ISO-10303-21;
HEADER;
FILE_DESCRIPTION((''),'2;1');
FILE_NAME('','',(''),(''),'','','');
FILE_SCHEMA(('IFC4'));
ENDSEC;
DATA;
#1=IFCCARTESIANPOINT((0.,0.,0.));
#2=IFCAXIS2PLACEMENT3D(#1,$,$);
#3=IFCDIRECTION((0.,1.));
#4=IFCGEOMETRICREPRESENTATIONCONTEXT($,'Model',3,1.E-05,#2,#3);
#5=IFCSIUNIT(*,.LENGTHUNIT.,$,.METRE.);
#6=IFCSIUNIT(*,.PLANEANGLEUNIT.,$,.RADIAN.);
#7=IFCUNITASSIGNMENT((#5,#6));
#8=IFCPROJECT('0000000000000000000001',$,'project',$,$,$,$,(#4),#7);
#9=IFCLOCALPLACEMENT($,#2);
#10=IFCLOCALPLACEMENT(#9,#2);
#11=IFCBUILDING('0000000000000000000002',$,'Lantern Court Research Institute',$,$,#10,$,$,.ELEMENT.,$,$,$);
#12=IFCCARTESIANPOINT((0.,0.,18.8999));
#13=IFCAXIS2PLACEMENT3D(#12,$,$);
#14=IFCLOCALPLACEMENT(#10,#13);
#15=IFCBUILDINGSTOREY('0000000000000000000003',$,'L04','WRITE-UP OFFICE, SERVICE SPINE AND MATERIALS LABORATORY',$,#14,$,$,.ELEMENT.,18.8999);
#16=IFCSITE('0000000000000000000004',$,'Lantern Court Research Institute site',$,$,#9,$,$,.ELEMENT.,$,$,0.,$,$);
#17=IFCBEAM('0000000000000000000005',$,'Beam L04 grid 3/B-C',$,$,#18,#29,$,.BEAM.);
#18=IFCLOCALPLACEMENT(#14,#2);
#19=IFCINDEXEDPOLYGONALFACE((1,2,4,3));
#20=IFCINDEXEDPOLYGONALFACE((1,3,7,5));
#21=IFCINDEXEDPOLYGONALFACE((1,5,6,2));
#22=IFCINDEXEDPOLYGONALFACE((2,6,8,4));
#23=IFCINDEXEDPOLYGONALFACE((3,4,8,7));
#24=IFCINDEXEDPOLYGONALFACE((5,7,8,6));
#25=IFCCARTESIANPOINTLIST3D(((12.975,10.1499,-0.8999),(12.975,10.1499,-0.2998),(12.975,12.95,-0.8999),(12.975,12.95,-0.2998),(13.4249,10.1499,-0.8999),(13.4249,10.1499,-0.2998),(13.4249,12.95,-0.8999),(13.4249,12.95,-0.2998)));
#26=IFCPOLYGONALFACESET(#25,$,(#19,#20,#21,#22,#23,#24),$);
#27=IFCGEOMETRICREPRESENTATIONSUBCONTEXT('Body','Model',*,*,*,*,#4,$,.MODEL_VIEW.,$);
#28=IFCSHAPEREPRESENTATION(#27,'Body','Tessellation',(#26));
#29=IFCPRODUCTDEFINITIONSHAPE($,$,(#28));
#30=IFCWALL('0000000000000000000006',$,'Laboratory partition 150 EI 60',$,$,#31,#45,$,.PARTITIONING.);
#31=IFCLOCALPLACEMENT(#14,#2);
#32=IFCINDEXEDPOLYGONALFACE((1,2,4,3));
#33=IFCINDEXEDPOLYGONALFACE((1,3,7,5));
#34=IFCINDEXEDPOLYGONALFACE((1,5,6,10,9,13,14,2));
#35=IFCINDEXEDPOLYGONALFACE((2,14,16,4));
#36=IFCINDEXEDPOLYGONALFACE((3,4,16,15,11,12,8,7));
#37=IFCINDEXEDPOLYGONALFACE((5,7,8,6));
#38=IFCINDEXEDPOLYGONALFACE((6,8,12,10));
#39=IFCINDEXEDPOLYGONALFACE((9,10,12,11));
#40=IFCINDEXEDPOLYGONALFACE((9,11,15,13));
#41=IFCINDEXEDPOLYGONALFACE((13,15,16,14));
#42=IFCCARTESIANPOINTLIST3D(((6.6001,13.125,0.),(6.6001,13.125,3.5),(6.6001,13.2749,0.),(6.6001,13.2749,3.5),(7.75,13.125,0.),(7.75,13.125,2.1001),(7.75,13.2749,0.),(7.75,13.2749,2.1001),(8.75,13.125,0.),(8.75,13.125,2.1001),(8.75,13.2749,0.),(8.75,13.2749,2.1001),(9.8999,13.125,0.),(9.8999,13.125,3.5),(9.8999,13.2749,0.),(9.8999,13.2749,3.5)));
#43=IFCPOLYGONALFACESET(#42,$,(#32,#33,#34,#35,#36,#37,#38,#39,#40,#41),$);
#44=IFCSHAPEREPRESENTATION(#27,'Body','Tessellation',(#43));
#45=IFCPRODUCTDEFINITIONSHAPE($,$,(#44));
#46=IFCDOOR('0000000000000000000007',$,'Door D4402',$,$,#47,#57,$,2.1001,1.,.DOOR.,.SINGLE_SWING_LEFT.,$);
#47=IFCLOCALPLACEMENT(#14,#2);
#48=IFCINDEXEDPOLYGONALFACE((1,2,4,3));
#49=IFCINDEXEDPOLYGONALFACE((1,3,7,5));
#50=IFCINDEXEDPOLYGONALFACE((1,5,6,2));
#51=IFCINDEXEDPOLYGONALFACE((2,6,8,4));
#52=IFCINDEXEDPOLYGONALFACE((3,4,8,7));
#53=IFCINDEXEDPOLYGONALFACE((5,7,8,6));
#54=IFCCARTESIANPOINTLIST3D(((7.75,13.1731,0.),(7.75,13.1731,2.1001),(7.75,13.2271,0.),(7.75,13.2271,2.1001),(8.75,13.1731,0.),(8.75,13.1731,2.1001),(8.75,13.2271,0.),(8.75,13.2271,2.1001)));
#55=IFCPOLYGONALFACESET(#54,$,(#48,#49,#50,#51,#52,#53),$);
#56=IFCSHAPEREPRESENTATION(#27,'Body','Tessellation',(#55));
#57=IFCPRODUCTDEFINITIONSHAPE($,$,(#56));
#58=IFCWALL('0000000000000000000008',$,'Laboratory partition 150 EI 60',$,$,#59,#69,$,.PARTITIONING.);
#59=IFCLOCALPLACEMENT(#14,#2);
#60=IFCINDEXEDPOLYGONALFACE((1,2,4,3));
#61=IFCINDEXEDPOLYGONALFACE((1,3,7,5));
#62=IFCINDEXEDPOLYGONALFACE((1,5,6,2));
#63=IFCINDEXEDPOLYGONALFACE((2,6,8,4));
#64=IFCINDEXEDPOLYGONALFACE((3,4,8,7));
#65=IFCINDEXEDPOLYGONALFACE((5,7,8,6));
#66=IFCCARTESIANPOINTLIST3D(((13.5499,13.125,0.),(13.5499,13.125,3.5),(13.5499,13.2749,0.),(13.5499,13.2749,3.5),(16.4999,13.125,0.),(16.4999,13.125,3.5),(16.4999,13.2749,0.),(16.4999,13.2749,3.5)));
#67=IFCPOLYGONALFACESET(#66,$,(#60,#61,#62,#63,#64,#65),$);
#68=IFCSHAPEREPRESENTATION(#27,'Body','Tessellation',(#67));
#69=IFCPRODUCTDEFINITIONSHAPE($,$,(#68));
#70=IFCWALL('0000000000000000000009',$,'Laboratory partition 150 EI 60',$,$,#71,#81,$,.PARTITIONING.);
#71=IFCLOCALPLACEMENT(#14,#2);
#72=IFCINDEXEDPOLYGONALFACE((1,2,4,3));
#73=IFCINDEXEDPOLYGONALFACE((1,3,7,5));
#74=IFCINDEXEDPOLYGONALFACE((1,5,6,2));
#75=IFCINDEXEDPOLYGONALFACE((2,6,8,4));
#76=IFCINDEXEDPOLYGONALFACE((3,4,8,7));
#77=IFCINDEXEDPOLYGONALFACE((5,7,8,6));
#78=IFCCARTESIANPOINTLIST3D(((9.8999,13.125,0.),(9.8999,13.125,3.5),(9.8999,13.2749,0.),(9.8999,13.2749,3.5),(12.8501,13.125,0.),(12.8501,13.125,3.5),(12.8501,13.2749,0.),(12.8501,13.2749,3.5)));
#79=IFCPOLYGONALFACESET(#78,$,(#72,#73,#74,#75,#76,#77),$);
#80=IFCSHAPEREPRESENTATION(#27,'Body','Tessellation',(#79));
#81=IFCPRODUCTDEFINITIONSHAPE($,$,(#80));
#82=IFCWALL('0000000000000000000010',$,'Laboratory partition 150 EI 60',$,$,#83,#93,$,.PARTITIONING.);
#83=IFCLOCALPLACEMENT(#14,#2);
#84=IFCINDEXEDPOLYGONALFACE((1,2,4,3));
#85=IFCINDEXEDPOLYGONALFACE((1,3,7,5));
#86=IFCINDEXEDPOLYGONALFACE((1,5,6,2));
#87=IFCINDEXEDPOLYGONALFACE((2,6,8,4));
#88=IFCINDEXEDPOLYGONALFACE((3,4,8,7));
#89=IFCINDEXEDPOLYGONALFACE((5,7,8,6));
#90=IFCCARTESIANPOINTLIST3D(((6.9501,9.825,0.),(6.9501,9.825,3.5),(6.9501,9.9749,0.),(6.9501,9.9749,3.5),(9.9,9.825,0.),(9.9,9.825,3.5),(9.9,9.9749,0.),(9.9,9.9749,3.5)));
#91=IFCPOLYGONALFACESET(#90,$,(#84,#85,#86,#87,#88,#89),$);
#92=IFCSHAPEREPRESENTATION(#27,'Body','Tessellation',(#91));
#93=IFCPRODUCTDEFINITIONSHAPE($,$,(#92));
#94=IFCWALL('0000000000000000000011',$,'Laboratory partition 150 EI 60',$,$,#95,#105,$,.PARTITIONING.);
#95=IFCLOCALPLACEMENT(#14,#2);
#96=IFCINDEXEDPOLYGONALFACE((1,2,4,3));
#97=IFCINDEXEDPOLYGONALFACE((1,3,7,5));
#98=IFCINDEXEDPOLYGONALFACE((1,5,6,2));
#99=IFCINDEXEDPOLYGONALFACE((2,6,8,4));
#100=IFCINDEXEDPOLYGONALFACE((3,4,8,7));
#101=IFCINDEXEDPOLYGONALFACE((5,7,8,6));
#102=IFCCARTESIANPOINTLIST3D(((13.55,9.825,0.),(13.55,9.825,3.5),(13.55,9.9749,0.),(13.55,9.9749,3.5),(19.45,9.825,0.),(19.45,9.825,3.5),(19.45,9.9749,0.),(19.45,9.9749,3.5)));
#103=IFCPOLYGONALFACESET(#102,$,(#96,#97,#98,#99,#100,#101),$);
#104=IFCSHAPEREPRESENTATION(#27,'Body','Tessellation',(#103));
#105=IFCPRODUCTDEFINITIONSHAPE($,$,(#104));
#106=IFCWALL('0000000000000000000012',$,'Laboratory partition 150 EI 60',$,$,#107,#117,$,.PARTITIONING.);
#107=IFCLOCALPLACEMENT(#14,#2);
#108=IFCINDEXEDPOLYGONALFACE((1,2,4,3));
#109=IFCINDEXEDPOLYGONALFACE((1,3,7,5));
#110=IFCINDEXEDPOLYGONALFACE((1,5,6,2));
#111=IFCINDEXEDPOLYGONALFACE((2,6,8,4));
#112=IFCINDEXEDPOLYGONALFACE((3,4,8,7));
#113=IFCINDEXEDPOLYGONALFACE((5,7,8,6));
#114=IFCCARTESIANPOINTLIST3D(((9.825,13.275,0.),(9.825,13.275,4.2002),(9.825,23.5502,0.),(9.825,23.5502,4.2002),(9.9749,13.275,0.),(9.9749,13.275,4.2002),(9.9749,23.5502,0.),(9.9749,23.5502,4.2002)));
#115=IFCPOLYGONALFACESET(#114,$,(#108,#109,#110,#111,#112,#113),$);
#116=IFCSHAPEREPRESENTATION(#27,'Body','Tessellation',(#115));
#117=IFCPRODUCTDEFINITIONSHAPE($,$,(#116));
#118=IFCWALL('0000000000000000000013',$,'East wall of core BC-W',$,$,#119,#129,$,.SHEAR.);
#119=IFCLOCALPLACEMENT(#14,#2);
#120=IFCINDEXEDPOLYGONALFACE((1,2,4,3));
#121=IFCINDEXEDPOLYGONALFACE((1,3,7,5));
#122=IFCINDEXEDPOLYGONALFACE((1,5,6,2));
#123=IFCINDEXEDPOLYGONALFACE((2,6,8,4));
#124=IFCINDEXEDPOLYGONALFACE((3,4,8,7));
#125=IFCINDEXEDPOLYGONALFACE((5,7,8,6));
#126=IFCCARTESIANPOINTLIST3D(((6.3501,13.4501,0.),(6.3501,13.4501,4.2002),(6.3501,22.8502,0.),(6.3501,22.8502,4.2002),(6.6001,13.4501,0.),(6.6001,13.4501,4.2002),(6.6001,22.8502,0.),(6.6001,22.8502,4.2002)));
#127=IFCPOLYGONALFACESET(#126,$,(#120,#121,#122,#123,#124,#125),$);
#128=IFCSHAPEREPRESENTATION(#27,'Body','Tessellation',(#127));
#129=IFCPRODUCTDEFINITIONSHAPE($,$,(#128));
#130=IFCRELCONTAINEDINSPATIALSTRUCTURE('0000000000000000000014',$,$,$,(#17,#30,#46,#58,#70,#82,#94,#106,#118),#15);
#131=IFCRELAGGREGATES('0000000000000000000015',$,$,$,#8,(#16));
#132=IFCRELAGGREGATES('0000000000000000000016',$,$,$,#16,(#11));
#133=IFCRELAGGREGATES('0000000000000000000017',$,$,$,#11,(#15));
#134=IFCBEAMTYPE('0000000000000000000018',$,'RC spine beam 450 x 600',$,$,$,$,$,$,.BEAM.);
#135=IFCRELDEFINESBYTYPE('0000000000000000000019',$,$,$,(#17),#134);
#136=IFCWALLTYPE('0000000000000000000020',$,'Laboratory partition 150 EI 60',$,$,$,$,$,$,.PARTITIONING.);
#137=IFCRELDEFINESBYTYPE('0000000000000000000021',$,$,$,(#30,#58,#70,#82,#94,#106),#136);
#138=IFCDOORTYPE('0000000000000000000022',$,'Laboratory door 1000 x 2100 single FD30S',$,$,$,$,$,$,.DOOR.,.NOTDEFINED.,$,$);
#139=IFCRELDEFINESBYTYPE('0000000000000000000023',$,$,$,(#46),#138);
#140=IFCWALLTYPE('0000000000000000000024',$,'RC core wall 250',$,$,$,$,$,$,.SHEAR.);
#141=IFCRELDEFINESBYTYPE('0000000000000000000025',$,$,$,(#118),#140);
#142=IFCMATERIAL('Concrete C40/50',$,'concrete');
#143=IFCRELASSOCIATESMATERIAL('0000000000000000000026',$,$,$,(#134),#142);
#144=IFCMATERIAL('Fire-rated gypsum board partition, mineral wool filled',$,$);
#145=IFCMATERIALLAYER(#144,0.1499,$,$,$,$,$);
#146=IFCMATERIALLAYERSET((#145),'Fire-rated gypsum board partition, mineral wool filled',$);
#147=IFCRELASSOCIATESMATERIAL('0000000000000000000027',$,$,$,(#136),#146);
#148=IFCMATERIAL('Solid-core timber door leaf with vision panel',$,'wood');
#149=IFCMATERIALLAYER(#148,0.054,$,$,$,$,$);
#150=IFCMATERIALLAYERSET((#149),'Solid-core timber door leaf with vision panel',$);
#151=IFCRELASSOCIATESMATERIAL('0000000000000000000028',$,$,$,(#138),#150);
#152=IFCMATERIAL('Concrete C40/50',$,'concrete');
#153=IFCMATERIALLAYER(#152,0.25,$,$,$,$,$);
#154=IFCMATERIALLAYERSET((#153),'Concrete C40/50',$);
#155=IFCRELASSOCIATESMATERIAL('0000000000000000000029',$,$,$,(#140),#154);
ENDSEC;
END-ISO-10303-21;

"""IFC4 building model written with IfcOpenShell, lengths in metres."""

from ifc_helpers import new_model, si_unit, direction, frame, frame_2d, origin, origin_2d, place, context, subcontext, project, spatial, rectangle, extrude, material, layer, layer_set, material_profile, profile_set, type_object, element, fill, save


model = new_model("IFC4")

# Units and contexts
model_context = context("Model", 3, precision=1e-05, world=origin(), true_north=direction((0.0, 1.0)))
body_context = subcontext(model_context, "Body", "Model", "MODEL_VIEW")
ifc_project = project(units=[si_unit("LENGTHUNIT", "METRE"), si_unit("PLANEANGLEUNIT", "RADIAN")], contexts=[model_context])

# Site, building, storey
site_placement = place(None, origin())
site = spatial("IfcSite", under=ifc_project, at=site_placement, Name="Lantern Court Research Institute site", CompositionType="ELEMENT", RefElevation=0.0)
building_placement = place(site_placement, origin())
building = spatial("IfcBuilding", under=site, at=building_placement, Name="Lantern Court Research Institute", CompositionType="ELEMENT")
storey_placement = place(building_placement, frame((0.0, 0.0, 18.8999)))
storey = spatial("IfcBuildingStorey", under=building, at=storey_placement, Name="L04", Description="WRITE-UP OFFICE, SERVICE SPINE AND MATERIALS LABORATORY", CompositionType="ELEMENT", Elevation=18.8999)

# Beam
ifc_material_1 = material(Name="Concrete C40/50", Category="concrete")
ifc_material_profile_1 = material_profile(ifc_material_1, rectangle(XDim=0.45, YDim=0.6001, at=origin_2d()), Name="RC beam 450 x 600")
ifc_profile_set_1 = profile_set([ifc_material_profile_1], Name="Concrete C40/50")
beam_type_1 = type_object("IfcBeamType", Name="RC spine beam 450 x 600", PredefinedType="BEAM", material=ifc_profile_set_1)
beam_1_placement = place(storey_placement, frame((13.2, 10.1499, -0.5999), z_axis=(0.0, 1.0, 0.0), x_axis=(-1.0, 0.0, 0.0)))
element("IfcBeam", 1, at=beam_1_placement, inside=storey, type_object=beam_type_1, Name="Beam L04 grid 3/B-C", PredefinedType="BEAM", context=body_context, shape_type="SweptSolid", body=[
    extrude(rectangle(XDim=0.45, YDim=0.6001, at=origin_2d()), origin(), (0.0, 0.0, 1.0), 2.8),
])

# Wall, opening, door
ifc_material_2 = material(Name="Fire-rated gypsum board partition, mineral wool filled")
ifc_layer_1 = layer(ifc_material_2, 0.1499)
ifc_layer_set_1 = layer_set([ifc_layer_1], Name="Fire-rated gypsum board partition, mineral wool filled")
wall_type_1 = type_object("IfcWallType", Name="Laboratory partition 150 EI 60", PredefinedType="PARTITIONING", material=ifc_layer_set_1)
wall_1_placement = place(storey_placement, frame((9.8999, 13.2, 0.0), z_axis=(0.0, 0.0, 1.0), x_axis=(-1.0, 0.0, 0.0)))
wall_1 = element("IfcWall", 2, at=wall_1_placement, inside=storey, type_object=wall_type_1, Name="Laboratory partition 150 EI 60", PredefinedType="PARTITIONING", context=body_context, shape_type="SweptSolid", body=[
    extrude(rectangle(XDim=3.2998, YDim=0.1499, at=frame_2d((1.6499, 0.0))), origin(), (0.0, 0.0, 1.0), 3.5),
])
opening_placement = place(wall_1_placement, frame((1.1499, 0.0, 0.0)))
opening = element("IfcOpeningElement", 3, at=opening_placement, cuts=wall_1, PredefinedType="OPENING", context=body_context, shape_type="SweptSolid", body=[
    extrude(rectangle(XDim=1.0, YDim=2.1001, at=frame_2d((0.5, 1.05))), frame((0.0, 0.085, 0.0), z_axis=(0.0, -1.0, 0.0), x_axis=(1.0, 0.0, 0.0)), (0.0, 0.0, 1.0), 0.1699),
])
ifc_material_3 = material(Name="Solid-core timber door leaf with vision panel", Category="wood")
ifc_layer_2 = layer(ifc_material_3, 0.054)
ifc_layer_set_2 = layer_set([ifc_layer_2], Name="Solid-core timber door leaf with vision panel")
door_type = type_object("IfcDoorType", Name="Laboratory door 1000 x 2100 single FD30S", OperationType="NOTDEFINED", PredefinedType="DOOR", material=ifc_layer_set_2)
door_placement = place(opening_placement, origin())
door = element("IfcDoor", 4, at=door_placement, inside=storey, type_object=door_type, Name="Door D4402", OperationType="SINGLE_SWING_LEFT", OverallHeight=2.1001, OverallWidth=1.0, PredefinedType="DOOR", context=body_context, shape_type="SweptSolid", body=[
    extrude(rectangle(XDim=1.0, YDim=2.1001, at=frame_2d((0.5, 1.05))), frame((0.0, 0.0269, 0.0), z_axis=(0.0, -1.0, 0.0), x_axis=(1.0, 0.0, 0.0)), (0.0, 0.0, 1.0), 0.054),
])
fill(opening, door)

# Walls
wall_2_placement = place(storey_placement, frame((16.5, 13.2, 0.0), z_axis=(0.0, 0.0, 1.0), x_axis=(-1.0, 0.0, 0.0)))
element("IfcWall", 5, at=wall_2_placement, inside=storey, type_object=wall_type_1, Name="Laboratory partition 150 EI 60", PredefinedType="PARTITIONING", context=body_context, shape_type="SweptSolid", body=[
    extrude(rectangle(XDim=2.95, YDim=0.1499, at=frame_2d((1.4751, 0.0))), origin(), (0.0, 0.0, 1.0), 3.5),
])
wall_3_placement = place(storey_placement, frame((12.8501, 13.2, 0.0), z_axis=(0.0, 0.0, 1.0), x_axis=(-1.0, 0.0, 0.0)))
element("IfcWall", 6, at=wall_3_placement, inside=storey, type_object=wall_type_1, Name="Laboratory partition 150 EI 60", PredefinedType="PARTITIONING", context=body_context, shape_type="SweptSolid", body=[
    extrude(rectangle(XDim=2.9502, YDim=0.1499, at=frame_2d((1.4751, 0.0))), origin(), (0.0, 0.0, 1.0), 3.5),
])
wall_4_placement = place(storey_placement, frame((6.95, 9.8999, 0.0), z_axis=(0.0, 0.0, 1.0), x_axis=(1.0, 0.0, 0.0)))
element("IfcWall", 7, at=wall_4_placement, inside=storey, type_object=wall_type_1, Name="Laboratory partition 150 EI 60", PredefinedType="PARTITIONING", context=body_context, shape_type="SweptSolid", body=[
    extrude(rectangle(XDim=2.95, YDim=0.1499, at=frame_2d((1.4751, 0.0))), origin(), (0.0, 0.0, 1.0), 3.5),
])
wall_5_placement = place(storey_placement, frame((13.55, 9.8999, 0.0), z_axis=(0.0, 0.0, 1.0), x_axis=(1.0, 0.0, 0.0)))
element("IfcWall", 8, at=wall_5_placement, inside=storey, type_object=wall_type_1, Name="Laboratory partition 150 EI 60", PredefinedType="PARTITIONING", context=body_context, shape_type="SweptSolid", body=[
    extrude(rectangle(XDim=5.8999, YDim=0.1499, at=frame_2d((2.95, 0.0))), origin(), (0.0, 0.0, 1.0), 3.5),
])
wall_6_placement = place(storey_placement, frame((9.8999, 13.2749, 0.0), z_axis=(0.0, 0.0, 1.0), x_axis=(0.0, 1.0, 0.0)))
element("IfcWall", 9, at=wall_6_placement, inside=storey, type_object=wall_type_1, Name="Laboratory partition 150 EI 60", PredefinedType="PARTITIONING", context=body_context, shape_type="SweptSolid", body=[
    extrude(rectangle(XDim=10.2751, YDim=0.1499, at=frame_2d((5.1377, 0.0))), origin(), (0.0, 0.0, 1.0), 4.2002),
])
ifc_material_4 = material(Name="Concrete C40/50", Category="concrete")
ifc_layer_3 = layer(ifc_material_4, 0.25)
ifc_layer_set_3 = layer_set([ifc_layer_3], Name="Concrete C40/50")
wall_type_2 = type_object("IfcWallType", Name="RC core wall 250", PredefinedType="SHEAR", material=ifc_layer_set_3)
wall_7_placement = place(storey_placement, frame((6.4751, 13.45, 0.0), z_axis=(0.0, 0.0, 1.0), x_axis=(0.0, 1.0, 0.0)))
element("IfcWall", 10, at=wall_7_placement, inside=storey, type_object=wall_type_2, Name="East wall of core BC-W", PredefinedType="SHEAR", context=body_context, shape_type="SweptSolid", body=[
    extrude(rectangle(XDim=9.4001, YDim=0.25, at=frame_2d((4.7002, 0.0))), origin(), (0.0, 0.0, 1.0), 4.2002),
])

save(model, "model.ifc")
